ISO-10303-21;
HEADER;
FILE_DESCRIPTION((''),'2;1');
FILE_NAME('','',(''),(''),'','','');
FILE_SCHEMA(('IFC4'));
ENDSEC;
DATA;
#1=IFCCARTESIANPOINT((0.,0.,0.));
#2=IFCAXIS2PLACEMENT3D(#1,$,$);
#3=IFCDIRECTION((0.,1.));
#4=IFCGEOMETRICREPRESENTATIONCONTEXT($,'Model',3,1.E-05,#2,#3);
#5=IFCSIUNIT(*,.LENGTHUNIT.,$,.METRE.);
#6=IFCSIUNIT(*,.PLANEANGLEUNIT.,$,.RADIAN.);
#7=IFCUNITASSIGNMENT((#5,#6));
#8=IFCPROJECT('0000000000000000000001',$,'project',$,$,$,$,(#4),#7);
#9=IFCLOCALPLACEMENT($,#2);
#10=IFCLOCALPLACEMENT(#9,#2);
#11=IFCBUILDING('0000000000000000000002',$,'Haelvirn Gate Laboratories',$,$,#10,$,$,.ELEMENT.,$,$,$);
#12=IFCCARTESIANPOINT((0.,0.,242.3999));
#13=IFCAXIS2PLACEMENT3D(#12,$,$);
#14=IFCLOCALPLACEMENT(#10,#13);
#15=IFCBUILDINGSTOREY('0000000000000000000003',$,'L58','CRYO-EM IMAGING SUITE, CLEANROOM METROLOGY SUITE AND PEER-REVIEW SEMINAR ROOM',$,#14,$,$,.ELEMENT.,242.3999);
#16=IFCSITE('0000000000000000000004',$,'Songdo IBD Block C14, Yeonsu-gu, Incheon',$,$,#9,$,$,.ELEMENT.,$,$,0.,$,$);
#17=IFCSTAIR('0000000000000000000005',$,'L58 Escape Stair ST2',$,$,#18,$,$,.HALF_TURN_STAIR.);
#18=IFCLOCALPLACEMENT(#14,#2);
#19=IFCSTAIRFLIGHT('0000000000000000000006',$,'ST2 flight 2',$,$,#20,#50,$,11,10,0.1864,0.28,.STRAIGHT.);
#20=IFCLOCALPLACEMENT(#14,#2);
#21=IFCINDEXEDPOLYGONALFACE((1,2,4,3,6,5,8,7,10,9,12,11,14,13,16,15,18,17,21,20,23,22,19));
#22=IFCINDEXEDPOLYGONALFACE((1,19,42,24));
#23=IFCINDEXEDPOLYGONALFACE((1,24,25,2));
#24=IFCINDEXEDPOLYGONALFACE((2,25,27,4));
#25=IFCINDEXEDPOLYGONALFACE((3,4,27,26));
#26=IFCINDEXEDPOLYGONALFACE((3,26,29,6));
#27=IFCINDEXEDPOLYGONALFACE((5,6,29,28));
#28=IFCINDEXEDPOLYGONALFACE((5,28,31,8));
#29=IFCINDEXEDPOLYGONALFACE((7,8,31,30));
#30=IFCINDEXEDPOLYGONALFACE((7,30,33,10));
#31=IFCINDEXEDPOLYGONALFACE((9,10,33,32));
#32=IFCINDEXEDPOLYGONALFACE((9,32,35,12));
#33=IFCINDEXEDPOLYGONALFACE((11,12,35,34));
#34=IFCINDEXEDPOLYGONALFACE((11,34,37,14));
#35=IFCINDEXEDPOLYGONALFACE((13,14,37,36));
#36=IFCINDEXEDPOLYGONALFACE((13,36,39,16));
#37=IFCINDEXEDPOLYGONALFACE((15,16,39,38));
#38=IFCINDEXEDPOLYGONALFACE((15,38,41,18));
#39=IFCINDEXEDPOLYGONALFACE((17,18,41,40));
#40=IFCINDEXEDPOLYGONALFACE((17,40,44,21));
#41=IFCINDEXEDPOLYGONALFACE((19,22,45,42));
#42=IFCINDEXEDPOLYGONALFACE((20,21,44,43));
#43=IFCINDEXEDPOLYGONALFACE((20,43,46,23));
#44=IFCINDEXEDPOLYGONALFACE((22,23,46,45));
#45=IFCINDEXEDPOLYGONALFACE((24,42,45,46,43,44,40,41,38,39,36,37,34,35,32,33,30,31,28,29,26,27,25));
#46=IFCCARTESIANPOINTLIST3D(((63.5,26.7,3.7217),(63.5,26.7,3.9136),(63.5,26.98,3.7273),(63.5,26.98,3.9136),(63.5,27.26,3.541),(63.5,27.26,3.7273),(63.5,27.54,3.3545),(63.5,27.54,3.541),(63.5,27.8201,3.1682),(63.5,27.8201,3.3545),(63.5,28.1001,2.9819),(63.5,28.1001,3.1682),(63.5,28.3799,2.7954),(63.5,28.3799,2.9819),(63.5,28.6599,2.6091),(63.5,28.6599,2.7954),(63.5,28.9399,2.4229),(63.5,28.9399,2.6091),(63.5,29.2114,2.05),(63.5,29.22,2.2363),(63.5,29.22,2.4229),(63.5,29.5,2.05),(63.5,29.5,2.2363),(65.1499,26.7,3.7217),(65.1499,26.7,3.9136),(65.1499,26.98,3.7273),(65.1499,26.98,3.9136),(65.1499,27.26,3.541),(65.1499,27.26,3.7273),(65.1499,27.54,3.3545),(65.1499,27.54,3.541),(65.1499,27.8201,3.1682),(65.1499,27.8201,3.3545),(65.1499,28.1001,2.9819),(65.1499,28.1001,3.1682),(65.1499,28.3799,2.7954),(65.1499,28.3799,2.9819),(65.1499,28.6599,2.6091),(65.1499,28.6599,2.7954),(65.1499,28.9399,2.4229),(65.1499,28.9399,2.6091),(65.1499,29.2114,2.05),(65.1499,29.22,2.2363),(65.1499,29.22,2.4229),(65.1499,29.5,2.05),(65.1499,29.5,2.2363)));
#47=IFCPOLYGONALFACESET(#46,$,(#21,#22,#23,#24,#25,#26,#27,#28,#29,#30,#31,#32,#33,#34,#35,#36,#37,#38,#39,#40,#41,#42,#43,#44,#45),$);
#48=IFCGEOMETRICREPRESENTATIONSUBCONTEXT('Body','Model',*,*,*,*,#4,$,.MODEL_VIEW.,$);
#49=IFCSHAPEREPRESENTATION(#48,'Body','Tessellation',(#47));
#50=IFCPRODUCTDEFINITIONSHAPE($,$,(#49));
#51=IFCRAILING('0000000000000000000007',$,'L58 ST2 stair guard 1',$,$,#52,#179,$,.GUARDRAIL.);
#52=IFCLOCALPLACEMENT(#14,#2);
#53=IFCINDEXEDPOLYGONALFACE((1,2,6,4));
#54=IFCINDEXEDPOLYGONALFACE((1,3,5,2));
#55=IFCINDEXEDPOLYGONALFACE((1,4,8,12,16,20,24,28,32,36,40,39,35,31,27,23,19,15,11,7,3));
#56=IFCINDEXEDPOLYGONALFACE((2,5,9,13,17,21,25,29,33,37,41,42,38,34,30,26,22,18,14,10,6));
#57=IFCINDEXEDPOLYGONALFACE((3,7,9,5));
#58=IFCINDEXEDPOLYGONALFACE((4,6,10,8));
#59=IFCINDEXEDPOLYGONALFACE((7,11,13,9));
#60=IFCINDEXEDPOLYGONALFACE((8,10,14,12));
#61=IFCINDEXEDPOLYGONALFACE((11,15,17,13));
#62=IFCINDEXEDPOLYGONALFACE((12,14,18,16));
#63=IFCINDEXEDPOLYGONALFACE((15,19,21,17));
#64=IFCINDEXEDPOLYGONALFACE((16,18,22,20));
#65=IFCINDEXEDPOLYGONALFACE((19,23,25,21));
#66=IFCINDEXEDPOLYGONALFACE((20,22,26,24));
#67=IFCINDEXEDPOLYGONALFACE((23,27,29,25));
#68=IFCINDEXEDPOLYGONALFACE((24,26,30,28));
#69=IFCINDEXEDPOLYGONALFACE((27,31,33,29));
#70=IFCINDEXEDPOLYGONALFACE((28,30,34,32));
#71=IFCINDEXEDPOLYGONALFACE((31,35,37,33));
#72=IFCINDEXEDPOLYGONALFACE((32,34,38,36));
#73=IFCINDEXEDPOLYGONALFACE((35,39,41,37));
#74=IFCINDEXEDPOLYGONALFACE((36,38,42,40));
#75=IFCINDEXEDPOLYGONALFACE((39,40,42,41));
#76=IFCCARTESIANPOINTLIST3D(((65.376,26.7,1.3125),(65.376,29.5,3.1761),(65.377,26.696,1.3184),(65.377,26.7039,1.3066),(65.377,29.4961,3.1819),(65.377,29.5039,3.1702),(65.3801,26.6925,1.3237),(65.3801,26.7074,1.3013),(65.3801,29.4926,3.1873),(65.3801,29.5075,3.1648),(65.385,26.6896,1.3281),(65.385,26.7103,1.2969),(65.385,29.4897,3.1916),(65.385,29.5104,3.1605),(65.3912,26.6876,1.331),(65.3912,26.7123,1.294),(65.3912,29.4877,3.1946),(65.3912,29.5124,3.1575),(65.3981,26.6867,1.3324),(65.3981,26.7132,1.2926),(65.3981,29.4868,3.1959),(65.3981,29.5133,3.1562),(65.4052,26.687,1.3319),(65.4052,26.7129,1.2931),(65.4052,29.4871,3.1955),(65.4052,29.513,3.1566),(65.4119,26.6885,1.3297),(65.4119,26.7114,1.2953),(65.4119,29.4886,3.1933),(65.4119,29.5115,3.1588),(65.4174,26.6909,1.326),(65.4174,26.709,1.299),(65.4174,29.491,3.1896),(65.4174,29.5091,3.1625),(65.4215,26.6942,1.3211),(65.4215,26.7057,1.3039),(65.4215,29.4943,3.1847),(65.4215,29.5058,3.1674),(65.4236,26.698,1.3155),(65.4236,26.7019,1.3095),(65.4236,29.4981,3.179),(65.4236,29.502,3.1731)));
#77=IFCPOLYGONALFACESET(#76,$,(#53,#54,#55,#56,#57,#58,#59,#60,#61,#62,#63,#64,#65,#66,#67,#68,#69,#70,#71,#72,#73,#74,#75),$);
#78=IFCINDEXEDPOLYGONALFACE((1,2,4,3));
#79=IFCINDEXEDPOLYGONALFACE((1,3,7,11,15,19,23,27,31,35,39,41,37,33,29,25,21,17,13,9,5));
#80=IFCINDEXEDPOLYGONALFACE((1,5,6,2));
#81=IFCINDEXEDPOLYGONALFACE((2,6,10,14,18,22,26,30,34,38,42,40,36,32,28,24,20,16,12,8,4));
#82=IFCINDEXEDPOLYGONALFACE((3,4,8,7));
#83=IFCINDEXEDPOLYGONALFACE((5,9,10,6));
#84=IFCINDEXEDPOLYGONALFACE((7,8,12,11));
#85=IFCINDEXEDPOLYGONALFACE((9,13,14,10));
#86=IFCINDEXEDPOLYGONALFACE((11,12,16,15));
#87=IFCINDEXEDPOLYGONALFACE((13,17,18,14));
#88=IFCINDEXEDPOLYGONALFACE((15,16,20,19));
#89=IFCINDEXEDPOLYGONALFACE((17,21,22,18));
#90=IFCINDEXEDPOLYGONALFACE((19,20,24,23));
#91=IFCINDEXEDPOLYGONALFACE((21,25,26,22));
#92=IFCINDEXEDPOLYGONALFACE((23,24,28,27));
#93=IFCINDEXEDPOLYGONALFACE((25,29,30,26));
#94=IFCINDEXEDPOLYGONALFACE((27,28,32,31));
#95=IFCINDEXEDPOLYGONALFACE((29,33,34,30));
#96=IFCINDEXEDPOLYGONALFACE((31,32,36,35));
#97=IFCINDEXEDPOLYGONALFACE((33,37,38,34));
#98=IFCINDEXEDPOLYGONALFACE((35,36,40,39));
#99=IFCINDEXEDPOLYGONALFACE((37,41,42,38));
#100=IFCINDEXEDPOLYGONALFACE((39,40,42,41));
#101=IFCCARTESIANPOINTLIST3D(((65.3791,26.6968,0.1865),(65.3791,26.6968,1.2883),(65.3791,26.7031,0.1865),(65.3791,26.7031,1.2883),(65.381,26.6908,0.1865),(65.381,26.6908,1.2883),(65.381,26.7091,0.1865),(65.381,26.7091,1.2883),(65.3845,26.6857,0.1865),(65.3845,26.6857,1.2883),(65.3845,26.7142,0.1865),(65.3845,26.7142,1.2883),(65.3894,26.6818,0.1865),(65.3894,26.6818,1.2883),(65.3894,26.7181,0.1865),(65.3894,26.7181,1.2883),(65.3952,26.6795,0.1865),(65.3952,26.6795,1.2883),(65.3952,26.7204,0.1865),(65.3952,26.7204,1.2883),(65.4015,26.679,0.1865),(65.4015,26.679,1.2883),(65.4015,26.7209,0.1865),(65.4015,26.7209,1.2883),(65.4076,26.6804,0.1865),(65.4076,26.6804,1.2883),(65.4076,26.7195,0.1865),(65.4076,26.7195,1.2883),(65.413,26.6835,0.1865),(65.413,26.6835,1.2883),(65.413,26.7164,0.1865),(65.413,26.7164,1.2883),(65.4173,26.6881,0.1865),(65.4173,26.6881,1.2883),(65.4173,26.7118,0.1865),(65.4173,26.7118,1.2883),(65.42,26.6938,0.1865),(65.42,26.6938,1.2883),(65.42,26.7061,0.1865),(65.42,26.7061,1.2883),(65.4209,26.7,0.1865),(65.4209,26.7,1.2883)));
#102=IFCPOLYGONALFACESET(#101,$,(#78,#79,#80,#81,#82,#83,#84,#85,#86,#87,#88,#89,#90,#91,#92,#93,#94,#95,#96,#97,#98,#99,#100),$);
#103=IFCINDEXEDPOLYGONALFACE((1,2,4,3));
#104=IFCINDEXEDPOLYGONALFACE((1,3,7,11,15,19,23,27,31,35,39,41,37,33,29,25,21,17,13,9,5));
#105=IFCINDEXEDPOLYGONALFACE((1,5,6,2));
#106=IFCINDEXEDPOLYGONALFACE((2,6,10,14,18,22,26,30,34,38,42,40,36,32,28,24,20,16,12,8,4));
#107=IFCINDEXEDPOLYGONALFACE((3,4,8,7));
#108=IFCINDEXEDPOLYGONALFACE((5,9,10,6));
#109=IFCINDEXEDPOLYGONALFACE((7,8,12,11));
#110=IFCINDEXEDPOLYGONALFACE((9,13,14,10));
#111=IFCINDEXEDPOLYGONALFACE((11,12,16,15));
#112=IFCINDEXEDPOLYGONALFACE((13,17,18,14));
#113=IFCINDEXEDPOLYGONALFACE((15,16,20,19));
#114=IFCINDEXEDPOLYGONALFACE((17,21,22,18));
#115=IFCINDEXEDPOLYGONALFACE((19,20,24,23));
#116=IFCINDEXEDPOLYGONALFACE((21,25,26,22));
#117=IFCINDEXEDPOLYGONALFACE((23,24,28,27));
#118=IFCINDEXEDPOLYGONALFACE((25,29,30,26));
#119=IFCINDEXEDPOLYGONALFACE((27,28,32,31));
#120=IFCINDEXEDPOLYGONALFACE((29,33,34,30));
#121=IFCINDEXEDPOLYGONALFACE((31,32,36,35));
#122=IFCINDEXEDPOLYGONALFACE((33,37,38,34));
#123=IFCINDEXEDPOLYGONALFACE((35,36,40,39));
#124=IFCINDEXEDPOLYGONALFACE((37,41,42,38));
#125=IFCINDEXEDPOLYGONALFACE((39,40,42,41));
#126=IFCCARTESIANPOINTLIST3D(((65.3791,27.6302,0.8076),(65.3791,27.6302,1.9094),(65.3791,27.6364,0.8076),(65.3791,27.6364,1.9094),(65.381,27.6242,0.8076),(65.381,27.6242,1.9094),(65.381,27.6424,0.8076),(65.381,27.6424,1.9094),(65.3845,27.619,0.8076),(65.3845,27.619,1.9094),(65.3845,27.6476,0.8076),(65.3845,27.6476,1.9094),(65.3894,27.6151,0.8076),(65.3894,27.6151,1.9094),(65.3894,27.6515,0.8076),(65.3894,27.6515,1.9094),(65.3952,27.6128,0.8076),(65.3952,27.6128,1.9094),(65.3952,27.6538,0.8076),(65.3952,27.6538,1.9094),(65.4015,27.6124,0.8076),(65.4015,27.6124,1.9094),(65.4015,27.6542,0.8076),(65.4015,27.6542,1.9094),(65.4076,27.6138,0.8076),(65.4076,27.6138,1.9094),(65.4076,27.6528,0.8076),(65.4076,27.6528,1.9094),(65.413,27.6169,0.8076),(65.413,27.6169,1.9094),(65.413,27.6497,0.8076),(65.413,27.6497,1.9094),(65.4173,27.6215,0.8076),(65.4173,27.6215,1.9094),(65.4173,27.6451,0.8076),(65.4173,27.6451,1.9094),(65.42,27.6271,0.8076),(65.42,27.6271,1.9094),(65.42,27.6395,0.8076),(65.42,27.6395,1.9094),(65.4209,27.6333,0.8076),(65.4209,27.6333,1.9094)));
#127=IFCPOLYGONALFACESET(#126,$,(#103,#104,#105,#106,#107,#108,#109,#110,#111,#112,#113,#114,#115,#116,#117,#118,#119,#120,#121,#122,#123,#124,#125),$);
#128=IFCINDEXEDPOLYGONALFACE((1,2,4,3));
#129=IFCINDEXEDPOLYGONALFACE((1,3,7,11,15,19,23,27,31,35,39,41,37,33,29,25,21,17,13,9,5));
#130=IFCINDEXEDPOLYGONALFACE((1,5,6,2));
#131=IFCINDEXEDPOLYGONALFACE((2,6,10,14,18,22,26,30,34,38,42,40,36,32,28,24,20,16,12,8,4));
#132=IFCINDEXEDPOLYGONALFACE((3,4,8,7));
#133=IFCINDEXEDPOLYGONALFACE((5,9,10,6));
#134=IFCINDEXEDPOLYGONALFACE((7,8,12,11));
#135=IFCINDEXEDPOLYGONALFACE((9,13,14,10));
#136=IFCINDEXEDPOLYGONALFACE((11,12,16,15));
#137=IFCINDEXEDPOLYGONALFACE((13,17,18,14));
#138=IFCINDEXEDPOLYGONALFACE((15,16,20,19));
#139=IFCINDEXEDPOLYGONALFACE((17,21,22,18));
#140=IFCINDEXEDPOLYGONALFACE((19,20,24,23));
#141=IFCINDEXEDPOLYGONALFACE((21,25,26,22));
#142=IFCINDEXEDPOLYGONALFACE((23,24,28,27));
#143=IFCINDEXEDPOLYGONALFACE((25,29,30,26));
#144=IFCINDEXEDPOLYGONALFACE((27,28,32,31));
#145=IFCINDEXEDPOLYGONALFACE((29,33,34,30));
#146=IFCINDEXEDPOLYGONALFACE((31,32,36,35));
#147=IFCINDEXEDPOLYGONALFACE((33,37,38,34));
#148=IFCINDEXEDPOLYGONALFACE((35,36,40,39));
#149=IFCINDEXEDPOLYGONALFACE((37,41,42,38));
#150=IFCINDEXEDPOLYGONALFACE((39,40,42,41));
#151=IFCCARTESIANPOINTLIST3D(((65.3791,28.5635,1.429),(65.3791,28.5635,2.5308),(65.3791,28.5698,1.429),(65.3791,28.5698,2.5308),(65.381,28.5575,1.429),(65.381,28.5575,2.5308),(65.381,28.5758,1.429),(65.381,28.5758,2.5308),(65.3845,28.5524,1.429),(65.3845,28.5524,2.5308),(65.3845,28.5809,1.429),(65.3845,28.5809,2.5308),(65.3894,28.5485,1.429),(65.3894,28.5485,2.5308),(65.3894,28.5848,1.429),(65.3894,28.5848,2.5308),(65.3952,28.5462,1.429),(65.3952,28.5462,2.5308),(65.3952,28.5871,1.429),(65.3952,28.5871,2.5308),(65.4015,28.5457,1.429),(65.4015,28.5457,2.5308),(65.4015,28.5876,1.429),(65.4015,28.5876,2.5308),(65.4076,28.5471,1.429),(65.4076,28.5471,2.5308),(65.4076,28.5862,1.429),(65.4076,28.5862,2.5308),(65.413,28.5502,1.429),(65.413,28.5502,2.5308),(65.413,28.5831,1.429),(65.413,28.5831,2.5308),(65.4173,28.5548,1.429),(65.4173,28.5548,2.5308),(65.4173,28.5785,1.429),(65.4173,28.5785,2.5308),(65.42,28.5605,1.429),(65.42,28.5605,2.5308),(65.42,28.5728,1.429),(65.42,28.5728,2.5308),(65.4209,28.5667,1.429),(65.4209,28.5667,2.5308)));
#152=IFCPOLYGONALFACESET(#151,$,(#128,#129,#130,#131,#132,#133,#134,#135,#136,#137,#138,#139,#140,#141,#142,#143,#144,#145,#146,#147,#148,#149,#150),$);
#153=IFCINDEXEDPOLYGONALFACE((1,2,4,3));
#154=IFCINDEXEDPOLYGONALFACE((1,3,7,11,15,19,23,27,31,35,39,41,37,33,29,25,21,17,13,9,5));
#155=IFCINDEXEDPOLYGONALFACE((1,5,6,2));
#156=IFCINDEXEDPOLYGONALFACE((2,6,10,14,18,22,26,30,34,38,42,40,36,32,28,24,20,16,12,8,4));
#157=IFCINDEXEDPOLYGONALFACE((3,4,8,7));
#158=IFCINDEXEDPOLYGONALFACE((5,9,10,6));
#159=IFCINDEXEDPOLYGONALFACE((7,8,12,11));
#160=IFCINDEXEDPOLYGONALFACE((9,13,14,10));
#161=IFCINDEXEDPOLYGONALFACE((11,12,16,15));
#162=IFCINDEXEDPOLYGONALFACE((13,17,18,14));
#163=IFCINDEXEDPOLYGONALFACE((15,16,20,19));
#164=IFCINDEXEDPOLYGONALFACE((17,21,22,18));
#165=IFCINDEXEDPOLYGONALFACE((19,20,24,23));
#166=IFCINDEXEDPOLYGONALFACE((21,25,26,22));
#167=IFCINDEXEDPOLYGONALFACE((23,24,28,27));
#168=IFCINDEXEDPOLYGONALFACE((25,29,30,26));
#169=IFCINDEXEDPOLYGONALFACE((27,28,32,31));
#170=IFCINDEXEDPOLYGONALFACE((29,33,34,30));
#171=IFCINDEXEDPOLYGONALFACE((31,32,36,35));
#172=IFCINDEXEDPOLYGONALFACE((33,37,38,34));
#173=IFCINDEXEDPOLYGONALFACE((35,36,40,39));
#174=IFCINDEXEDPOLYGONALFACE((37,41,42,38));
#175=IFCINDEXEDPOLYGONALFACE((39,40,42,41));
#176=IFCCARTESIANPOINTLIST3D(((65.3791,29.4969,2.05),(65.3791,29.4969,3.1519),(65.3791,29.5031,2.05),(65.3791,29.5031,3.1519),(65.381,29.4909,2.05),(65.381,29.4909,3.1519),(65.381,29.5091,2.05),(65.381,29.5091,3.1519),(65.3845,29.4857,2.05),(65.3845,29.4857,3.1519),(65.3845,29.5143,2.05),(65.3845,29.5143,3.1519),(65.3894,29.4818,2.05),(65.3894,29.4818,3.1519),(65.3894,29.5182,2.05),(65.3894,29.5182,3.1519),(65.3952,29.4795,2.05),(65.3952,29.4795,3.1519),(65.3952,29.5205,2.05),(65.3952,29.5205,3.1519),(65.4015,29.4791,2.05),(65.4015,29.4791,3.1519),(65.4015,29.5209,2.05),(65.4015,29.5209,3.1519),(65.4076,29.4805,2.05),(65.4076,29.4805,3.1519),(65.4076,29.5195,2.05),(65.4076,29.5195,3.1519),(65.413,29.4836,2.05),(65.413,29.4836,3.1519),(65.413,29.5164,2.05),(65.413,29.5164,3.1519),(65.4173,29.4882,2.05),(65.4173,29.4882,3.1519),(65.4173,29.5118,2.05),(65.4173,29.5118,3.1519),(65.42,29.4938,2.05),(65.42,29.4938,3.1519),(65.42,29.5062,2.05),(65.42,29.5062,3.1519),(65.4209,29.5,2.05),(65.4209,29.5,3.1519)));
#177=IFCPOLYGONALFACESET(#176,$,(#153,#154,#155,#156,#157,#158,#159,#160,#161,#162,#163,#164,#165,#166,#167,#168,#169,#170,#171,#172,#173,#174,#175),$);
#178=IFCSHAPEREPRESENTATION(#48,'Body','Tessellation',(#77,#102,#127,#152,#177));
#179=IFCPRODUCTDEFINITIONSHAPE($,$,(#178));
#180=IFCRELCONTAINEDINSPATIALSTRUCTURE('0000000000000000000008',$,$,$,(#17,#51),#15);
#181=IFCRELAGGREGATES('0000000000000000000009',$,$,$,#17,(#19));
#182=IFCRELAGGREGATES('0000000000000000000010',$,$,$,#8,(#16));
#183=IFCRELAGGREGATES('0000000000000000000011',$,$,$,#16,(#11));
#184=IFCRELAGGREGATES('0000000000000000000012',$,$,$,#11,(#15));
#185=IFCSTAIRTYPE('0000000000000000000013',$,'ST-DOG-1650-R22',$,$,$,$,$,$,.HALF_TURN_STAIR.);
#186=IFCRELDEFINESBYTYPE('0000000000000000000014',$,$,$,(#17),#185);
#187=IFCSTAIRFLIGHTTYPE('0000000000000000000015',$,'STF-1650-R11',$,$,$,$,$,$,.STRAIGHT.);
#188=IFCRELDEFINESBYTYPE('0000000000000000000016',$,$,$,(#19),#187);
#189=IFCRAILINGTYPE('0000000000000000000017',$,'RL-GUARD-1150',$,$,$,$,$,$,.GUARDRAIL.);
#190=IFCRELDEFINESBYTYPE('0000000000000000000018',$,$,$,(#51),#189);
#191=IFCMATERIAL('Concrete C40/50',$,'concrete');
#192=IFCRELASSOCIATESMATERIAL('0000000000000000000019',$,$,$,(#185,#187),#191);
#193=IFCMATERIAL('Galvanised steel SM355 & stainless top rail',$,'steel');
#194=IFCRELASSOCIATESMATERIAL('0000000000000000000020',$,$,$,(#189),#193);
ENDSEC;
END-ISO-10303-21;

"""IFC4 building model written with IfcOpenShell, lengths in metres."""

from ifc_helpers import new_model, si_unit, direction, frame, origin, origin_2d, place, context, subcontext, project, spatial, polyline, circle, outline, extrude, source, transform, mapped, material, type_object, type_shapes, element, aggregate, save


model = new_model("IFC4")

# Units and contexts
model_context = context("Model", 3, precision=1e-05, world=origin(), true_north=direction((0.0, 1.0)))
body_context = subcontext(model_context, "Body", "Model", "MODEL_VIEW")
ifc_project = project(units=[si_unit("LENGTHUNIT", "METRE"), si_unit("PLANEANGLEUNIT", "RADIAN")], contexts=[model_context])

# Site, building, storey
site_placement = place(None, origin())
site = spatial("IfcSite", under=ifc_project, at=site_placement, Name="Songdo IBD Block C14, Yeonsu-gu, Incheon", CompositionType="ELEMENT", RefElevation=0.0)
building_placement = place(site_placement, origin())
building = spatial("IfcBuilding", under=site, at=building_placement, Name="Haelvirn Gate Laboratories", CompositionType="ELEMENT")
storey_placement = place(building_placement, frame((0.0, 0.0, 242.3999)))
storey = spatial("IfcBuildingStorey", under=building, at=storey_placement, Name="L58", Description="CRYO-EM IMAGING SUITE, CLEANROOM METROLOGY SUITE AND PEER-REVIEW SEMINAR ROOM", CompositionType="ELEMENT", Elevation=242.3999)

# Shared definitions
ifc_material_1 = material(Name="Concrete C40/50", Category="concrete")

# Stair, stair flight
stair_type = type_object("IfcStairType", Name="ST-DOG-1650-R22", PredefinedType="HALF_TURN_STAIR", material=ifc_material_1)
stair_placement = place(storey_placement, origin())
stair = element("IfcStair", 1, at=stair_placement, inside=storey, type_object=stair_type, Name="L58 Escape Stair ST2", PredefinedType="HALF_TURN_STAIR")
stair_flight_type = type_object("IfcStairFlightType", Name="STF-1650-R11", PredefinedType="STRAIGHT", material=ifc_material_1)
shared_shape_1 = source(origin(), body_context, "Body", "SweptSolid", [
    extrude(outline(polyline([(0.0, 0.0), (0.0, 0.1863), (0.28, 0.1863), (0.28, 0.3728), (0.5601, 0.3728), (0.5601, 0.5591), (0.8401, 0.5591), (0.8401, 0.7454), (1.1201, 0.7454), (1.1201, 0.9319), (1.3999, 0.9319), (1.3999, 1.1182), (1.6799, 1.1182), (1.6799, 1.3044), (1.96, 1.3044), (1.96, 1.491), (2.24, 1.491), (2.24, 1.6772), (2.52, 1.6772), (2.52, 1.8635), (2.8, 1.8635), (2.8, 2.05), (2.8, 1.6716), (0.2886, 0.0), (0.0, 0.0)])), frame((0.0, 0.825, 0.0), z_axis=(0.0, -1.0, 0.0), x_axis=(1.0, 0.0, 0.0)), (0.0, 0.0, 1.0), 1.6499),
])
type_shapes(stair_flight_type, [shared_shape_1])
stair_flight_1_placement = place(storey_placement, frame((64.325, 29.5, 2.05), z_axis=(0.0, 0.0, 1.0), x_axis=(0.0, -1.0, 0.0)))
stair_flight_1 = element("IfcStairFlight", 2, at=stair_flight_1_placement, type_object=stair_flight_type, Name="ST2 flight 2", NumberOfRisers=11, NumberOfTreads=10, PredefinedType="STRAIGHT", RiserHeight=0.1864, TreadLength=0.28, context=body_context, shape_type="MappedRepresentation", body=[
    mapped(shared_shape_1, transform((0.0, 0.0, 0.0), scale=1.0)),
])
aggregate(stair, [stair_flight_1])

# Railing
ifc_material_2 = material(Name="Galvanised steel SM355 & stainless top rail", Category="steel")
railing_type_1 = type_object("IfcRailingType", Name="RL-GUARD-1150", PredefinedType="GUARDRAIL", material=ifc_material_2)
shared_shape_2 = source(origin(), body_context, "Body", "SweptSolid", [
    extrude(circle(Radius=0.0239, at=origin_2d()), frame((0.0, 0.0, 1.126), z_axis=(0.0, 0.832486, 0.554047), x_axis=(-1.0, 0.0, 0.0)), (0.0, 0.0, 1.0), 3.3635),
    extrude(circle(Radius=0.021, at=origin_2d()), origin(), (0.0, 0.0, 1.0), 1.1018),
    extrude(circle(Radius=0.021, at=origin_2d()), frame((0.0, 0.9333, 0.6211)), (0.0, 0.0, 1.0), 1.1018),
    extrude(circle(Radius=0.021, at=origin_2d()), frame((0.0, 1.8667, 1.2424)), (0.0, 0.0, 1.0), 1.1018),
    extrude(circle(Radius=0.021, at=origin_2d()), frame((0.0, 2.8, 1.8635)), (0.0, 0.0, 1.0), 1.1018),
])
railing_1_placement = place(storey_placement, frame((65.3999, 26.7, 0.1865)))
element("IfcRailing", 3, at=railing_1_placement, inside=storey, type_object=railing_type_1, Name="L58 ST2 stair guard 1", PredefinedType="GUARDRAIL", context=body_context, shape_type="MappedRepresentation", body=[
    mapped(shared_shape_2, transform((0.0, 0.0, 0.0), scale=1.0)),
])

save(model, "model.ifc")
